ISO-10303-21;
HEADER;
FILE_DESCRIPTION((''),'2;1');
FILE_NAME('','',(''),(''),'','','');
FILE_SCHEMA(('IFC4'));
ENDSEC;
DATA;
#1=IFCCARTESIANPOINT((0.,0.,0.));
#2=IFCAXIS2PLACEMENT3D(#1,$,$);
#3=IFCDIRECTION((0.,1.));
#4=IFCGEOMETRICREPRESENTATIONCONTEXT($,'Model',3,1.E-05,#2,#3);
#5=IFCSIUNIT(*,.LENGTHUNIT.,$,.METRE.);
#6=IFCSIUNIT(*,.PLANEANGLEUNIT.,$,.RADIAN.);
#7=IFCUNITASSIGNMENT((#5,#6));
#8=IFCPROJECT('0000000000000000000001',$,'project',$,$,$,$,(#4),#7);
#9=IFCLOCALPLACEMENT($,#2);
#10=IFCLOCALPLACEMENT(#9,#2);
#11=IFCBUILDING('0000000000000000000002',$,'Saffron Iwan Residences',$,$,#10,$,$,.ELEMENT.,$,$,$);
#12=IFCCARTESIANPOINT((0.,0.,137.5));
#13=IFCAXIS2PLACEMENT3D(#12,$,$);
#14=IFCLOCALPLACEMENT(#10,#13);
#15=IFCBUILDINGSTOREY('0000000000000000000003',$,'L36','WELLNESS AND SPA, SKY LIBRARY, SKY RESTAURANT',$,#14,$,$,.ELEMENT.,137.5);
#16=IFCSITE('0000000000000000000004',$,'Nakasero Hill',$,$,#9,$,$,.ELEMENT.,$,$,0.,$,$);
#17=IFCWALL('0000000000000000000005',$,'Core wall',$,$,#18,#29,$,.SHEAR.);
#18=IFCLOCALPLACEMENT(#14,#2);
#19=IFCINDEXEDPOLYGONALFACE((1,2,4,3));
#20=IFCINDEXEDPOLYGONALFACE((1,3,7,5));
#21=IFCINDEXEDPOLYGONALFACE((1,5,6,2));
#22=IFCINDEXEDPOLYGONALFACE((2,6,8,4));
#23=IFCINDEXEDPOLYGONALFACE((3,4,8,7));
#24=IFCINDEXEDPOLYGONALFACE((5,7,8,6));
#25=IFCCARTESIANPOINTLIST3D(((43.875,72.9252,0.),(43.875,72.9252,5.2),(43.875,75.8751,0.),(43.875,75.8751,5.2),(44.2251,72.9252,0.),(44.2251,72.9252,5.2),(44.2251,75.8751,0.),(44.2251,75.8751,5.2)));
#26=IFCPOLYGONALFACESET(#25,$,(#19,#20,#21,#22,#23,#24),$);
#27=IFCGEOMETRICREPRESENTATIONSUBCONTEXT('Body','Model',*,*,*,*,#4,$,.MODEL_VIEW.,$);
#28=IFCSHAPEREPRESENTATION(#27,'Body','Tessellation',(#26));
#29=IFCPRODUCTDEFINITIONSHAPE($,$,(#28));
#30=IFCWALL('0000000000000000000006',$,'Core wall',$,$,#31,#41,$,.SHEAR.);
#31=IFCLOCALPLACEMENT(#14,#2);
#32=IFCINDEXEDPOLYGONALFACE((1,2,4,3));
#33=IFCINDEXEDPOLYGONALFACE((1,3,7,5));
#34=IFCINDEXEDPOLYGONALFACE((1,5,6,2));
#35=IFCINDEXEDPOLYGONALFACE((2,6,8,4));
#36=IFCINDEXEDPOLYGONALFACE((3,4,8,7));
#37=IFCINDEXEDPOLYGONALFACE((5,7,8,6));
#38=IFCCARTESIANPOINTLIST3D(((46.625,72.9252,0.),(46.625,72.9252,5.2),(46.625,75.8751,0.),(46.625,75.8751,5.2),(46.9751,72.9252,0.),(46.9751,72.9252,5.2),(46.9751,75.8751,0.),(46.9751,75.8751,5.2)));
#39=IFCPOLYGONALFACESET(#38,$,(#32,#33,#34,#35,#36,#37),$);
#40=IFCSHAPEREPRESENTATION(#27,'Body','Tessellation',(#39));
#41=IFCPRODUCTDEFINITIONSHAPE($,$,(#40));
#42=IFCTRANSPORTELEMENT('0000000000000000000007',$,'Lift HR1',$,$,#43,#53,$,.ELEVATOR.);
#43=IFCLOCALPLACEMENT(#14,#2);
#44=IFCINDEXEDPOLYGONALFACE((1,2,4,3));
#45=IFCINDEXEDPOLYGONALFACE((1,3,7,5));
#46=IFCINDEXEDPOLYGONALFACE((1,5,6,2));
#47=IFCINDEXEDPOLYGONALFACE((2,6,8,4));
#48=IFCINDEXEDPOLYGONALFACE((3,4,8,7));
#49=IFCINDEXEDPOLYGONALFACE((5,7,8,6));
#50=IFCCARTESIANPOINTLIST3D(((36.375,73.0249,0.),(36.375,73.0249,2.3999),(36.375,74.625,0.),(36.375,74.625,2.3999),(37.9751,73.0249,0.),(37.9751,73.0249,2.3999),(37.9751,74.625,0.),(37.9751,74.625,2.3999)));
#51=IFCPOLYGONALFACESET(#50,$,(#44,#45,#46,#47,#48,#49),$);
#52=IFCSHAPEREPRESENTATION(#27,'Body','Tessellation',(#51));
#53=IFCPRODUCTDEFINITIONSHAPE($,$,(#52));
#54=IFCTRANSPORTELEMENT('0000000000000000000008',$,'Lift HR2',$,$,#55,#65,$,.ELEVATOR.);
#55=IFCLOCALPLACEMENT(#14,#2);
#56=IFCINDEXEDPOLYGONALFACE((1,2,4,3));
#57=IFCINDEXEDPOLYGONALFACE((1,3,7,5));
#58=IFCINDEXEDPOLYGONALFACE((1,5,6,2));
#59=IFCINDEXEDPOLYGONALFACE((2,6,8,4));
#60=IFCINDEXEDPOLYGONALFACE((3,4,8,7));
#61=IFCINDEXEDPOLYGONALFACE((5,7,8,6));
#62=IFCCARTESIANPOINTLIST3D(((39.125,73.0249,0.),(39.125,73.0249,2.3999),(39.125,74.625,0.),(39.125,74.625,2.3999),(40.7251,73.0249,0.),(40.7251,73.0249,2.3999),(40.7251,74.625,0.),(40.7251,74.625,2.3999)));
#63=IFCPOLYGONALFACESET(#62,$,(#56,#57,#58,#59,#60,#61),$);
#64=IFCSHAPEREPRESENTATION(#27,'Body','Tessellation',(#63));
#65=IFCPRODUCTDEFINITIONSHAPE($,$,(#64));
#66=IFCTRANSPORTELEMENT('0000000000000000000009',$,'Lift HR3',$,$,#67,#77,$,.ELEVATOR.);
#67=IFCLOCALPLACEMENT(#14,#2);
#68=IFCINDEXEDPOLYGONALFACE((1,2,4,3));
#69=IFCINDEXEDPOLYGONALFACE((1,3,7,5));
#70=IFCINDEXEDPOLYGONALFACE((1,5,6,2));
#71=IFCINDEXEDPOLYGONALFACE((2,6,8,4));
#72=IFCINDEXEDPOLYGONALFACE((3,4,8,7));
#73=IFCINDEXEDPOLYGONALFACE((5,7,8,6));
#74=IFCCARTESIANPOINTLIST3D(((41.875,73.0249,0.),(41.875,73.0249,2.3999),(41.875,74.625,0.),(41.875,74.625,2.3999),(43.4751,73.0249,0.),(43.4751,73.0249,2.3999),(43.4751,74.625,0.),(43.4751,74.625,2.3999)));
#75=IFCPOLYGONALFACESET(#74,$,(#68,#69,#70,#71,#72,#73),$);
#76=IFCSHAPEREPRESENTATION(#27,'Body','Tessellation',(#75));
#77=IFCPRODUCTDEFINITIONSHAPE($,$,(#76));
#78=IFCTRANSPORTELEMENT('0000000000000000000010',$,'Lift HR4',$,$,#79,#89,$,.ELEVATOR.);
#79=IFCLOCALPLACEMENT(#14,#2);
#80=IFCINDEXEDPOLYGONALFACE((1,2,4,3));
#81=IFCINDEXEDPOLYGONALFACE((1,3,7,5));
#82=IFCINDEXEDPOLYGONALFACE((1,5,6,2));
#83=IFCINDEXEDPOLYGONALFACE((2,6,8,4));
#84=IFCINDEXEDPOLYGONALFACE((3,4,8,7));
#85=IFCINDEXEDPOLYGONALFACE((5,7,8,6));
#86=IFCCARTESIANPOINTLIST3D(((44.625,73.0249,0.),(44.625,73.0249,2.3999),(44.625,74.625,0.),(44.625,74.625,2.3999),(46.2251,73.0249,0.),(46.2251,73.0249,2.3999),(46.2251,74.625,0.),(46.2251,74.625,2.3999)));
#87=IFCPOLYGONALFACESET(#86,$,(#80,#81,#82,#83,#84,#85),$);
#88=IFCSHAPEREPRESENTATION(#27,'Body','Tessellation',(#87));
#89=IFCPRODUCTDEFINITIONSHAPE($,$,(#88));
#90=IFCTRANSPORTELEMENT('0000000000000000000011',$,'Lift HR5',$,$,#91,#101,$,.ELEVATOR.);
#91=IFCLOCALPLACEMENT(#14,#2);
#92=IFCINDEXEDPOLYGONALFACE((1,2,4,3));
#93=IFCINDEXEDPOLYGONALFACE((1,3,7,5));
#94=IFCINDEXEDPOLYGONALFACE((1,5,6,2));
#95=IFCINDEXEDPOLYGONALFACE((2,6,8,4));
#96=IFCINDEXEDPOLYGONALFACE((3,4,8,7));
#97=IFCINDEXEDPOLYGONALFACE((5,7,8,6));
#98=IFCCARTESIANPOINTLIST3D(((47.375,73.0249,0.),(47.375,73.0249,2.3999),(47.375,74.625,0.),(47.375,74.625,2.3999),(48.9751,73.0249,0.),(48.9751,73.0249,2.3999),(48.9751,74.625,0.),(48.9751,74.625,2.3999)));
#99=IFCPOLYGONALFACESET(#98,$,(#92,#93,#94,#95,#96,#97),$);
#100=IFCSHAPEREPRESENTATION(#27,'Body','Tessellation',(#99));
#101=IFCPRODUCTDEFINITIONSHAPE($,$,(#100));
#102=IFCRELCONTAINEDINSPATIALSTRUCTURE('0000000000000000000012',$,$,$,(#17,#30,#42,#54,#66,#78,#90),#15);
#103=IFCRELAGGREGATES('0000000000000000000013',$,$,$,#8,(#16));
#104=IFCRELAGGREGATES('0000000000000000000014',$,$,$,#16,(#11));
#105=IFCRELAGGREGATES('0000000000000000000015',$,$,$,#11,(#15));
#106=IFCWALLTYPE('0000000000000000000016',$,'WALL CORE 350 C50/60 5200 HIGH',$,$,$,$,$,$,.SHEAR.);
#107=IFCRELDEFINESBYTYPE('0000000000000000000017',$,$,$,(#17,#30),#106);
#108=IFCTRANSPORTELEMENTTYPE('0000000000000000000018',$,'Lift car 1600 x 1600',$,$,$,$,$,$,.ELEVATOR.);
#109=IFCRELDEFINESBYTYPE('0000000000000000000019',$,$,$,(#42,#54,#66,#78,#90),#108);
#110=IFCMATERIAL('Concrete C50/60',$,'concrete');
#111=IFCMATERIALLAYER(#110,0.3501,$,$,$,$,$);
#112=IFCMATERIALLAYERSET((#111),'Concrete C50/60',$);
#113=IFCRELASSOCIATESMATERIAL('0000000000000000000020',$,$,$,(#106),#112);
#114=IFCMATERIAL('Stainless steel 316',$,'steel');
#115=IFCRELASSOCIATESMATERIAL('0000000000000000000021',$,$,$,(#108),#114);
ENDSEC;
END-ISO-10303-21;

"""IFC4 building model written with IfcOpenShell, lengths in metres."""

from ifc_helpers import new_model, si_unit, direction, frame, frame_2d, origin, origin_2d, place, context, subcontext, project, spatial, rectangle, extrude, source, transform, mapped, material, layer, layer_set, type_object, element, save


model = new_model("IFC4")

# Units and contexts
model_context = context("Model", 3, precision=1e-05, world=origin(), true_north=direction((0.0, 1.0)))
body_context = subcontext(model_context, "Body", "Model", "MODEL_VIEW")
ifc_project = project(units=[si_unit("LENGTHUNIT", "METRE"), si_unit("PLANEANGLEUNIT", "RADIAN")], contexts=[model_context])

# Site, building, storey
site_placement = place(None, origin())
site = spatial("IfcSite", under=ifc_project, at=site_placement, Name="Nakasero Hill", CompositionType="ELEMENT", RefElevation=0.0)
building_placement = place(site_placement, origin())
building = spatial("IfcBuilding", under=site, at=building_placement, Name="Saffron Iwan Residences", CompositionType="ELEMENT")
storey_placement = place(building_placement, frame((0.0, 0.0, 137.5)))
storey = spatial("IfcBuildingStorey", under=building, at=storey_placement, Name="L36", Description="WELLNESS AND SPA, SKY LIBRARY, SKY RESTAURANT", CompositionType="ELEMENT", Elevation=137.5)

# Shared definitions
ifc_material_1 = material(Name="Concrete C50/60", Category="concrete")

# Walls
ifc_layer_1 = layer(ifc_material_1, 0.3501)
ifc_layer_set_1 = layer_set([ifc_layer_1], Name="Concrete C50/60")
wall_type_1 = type_object("IfcWallType", Name="WALL CORE 350 C50/60 5200 HIGH", PredefinedType="SHEAR", material=ifc_layer_set_1)
for number, where, z_axis, x_axis, name in (
    (1, (44.05, 72.925, 0.0), (0.0, 0.0, 1.0), (0.0, 1.0, 0.0), "Core wall"),
    (2, (46.8, 72.925, 0.0), (0.0, 0.0, 1.0), (0.0, 1.0, 0.0), "Core wall"),
):
    element("IfcWall", number, at=place(storey_placement, frame(where, z_axis=z_axis, x_axis=x_axis)), inside=storey, type_object=wall_type_1, Name=name, PredefinedType="SHEAR", context=body_context, shape_type="SweptSolid", body=[
        extrude(rectangle(XDim=2.95, YDim=0.3501, at=frame_2d((1.4751, 0.0))), origin(), (0.0, 0.0, 1.0), 5.2),
    ])

# Transport elements
ifc_material_2 = material(Name="Stainless steel 316", Category="steel")
transport_element_type = type_object("IfcTransportElementType", Name="Lift car 1600 x 1600", PredefinedType="ELEVATOR", material=ifc_material_2)
shared_shape_1 = source(origin(), body_context, "Body", "SweptSolid", [
    extrude(rectangle(XDim=1.6001, YDim=1.6001, at=origin_2d()), origin(), (0.0, 0.0, 1.0), 2.3999),
])
for number, where, z_axis, x_axis, name in (
    (3, (37.175, 73.825, 0.0), (0.0, 0.0, 1.0), (1.0, 0.0, 0.0), "Lift HR1"),
    (4, (39.925, 73.825, 0.0), (0.0, 0.0, 1.0), (1.0, 0.0, 0.0), "Lift HR2"),
    (5, (42.675, 73.825, 0.0), (0.0, 0.0, 1.0), (1.0, 0.0, 0.0), "Lift HR3"),
    (6, (45.425, 73.825, 0.0), (0.0, 0.0, 1.0), (1.0, 0.0, 0.0), "Lift HR4"),
    (7, (48.175, 73.825, 0.0), (0.0, 0.0, 1.0), (1.0, 0.0, 0.0), "Lift HR5"),
):
    element("IfcTransportElement", number, at=place(storey_placement, frame(where, z_axis=z_axis, x_axis=x_axis)), inside=storey, type_object=transport_element_type, Name=name, PredefinedType="ELEVATOR", context=body_context, shape_type="MappedRepresentation", body=[
        mapped(shared_shape_1, transform((0.0, 0.0, 0.0))),
    ])

save(model, "model.ifc")
